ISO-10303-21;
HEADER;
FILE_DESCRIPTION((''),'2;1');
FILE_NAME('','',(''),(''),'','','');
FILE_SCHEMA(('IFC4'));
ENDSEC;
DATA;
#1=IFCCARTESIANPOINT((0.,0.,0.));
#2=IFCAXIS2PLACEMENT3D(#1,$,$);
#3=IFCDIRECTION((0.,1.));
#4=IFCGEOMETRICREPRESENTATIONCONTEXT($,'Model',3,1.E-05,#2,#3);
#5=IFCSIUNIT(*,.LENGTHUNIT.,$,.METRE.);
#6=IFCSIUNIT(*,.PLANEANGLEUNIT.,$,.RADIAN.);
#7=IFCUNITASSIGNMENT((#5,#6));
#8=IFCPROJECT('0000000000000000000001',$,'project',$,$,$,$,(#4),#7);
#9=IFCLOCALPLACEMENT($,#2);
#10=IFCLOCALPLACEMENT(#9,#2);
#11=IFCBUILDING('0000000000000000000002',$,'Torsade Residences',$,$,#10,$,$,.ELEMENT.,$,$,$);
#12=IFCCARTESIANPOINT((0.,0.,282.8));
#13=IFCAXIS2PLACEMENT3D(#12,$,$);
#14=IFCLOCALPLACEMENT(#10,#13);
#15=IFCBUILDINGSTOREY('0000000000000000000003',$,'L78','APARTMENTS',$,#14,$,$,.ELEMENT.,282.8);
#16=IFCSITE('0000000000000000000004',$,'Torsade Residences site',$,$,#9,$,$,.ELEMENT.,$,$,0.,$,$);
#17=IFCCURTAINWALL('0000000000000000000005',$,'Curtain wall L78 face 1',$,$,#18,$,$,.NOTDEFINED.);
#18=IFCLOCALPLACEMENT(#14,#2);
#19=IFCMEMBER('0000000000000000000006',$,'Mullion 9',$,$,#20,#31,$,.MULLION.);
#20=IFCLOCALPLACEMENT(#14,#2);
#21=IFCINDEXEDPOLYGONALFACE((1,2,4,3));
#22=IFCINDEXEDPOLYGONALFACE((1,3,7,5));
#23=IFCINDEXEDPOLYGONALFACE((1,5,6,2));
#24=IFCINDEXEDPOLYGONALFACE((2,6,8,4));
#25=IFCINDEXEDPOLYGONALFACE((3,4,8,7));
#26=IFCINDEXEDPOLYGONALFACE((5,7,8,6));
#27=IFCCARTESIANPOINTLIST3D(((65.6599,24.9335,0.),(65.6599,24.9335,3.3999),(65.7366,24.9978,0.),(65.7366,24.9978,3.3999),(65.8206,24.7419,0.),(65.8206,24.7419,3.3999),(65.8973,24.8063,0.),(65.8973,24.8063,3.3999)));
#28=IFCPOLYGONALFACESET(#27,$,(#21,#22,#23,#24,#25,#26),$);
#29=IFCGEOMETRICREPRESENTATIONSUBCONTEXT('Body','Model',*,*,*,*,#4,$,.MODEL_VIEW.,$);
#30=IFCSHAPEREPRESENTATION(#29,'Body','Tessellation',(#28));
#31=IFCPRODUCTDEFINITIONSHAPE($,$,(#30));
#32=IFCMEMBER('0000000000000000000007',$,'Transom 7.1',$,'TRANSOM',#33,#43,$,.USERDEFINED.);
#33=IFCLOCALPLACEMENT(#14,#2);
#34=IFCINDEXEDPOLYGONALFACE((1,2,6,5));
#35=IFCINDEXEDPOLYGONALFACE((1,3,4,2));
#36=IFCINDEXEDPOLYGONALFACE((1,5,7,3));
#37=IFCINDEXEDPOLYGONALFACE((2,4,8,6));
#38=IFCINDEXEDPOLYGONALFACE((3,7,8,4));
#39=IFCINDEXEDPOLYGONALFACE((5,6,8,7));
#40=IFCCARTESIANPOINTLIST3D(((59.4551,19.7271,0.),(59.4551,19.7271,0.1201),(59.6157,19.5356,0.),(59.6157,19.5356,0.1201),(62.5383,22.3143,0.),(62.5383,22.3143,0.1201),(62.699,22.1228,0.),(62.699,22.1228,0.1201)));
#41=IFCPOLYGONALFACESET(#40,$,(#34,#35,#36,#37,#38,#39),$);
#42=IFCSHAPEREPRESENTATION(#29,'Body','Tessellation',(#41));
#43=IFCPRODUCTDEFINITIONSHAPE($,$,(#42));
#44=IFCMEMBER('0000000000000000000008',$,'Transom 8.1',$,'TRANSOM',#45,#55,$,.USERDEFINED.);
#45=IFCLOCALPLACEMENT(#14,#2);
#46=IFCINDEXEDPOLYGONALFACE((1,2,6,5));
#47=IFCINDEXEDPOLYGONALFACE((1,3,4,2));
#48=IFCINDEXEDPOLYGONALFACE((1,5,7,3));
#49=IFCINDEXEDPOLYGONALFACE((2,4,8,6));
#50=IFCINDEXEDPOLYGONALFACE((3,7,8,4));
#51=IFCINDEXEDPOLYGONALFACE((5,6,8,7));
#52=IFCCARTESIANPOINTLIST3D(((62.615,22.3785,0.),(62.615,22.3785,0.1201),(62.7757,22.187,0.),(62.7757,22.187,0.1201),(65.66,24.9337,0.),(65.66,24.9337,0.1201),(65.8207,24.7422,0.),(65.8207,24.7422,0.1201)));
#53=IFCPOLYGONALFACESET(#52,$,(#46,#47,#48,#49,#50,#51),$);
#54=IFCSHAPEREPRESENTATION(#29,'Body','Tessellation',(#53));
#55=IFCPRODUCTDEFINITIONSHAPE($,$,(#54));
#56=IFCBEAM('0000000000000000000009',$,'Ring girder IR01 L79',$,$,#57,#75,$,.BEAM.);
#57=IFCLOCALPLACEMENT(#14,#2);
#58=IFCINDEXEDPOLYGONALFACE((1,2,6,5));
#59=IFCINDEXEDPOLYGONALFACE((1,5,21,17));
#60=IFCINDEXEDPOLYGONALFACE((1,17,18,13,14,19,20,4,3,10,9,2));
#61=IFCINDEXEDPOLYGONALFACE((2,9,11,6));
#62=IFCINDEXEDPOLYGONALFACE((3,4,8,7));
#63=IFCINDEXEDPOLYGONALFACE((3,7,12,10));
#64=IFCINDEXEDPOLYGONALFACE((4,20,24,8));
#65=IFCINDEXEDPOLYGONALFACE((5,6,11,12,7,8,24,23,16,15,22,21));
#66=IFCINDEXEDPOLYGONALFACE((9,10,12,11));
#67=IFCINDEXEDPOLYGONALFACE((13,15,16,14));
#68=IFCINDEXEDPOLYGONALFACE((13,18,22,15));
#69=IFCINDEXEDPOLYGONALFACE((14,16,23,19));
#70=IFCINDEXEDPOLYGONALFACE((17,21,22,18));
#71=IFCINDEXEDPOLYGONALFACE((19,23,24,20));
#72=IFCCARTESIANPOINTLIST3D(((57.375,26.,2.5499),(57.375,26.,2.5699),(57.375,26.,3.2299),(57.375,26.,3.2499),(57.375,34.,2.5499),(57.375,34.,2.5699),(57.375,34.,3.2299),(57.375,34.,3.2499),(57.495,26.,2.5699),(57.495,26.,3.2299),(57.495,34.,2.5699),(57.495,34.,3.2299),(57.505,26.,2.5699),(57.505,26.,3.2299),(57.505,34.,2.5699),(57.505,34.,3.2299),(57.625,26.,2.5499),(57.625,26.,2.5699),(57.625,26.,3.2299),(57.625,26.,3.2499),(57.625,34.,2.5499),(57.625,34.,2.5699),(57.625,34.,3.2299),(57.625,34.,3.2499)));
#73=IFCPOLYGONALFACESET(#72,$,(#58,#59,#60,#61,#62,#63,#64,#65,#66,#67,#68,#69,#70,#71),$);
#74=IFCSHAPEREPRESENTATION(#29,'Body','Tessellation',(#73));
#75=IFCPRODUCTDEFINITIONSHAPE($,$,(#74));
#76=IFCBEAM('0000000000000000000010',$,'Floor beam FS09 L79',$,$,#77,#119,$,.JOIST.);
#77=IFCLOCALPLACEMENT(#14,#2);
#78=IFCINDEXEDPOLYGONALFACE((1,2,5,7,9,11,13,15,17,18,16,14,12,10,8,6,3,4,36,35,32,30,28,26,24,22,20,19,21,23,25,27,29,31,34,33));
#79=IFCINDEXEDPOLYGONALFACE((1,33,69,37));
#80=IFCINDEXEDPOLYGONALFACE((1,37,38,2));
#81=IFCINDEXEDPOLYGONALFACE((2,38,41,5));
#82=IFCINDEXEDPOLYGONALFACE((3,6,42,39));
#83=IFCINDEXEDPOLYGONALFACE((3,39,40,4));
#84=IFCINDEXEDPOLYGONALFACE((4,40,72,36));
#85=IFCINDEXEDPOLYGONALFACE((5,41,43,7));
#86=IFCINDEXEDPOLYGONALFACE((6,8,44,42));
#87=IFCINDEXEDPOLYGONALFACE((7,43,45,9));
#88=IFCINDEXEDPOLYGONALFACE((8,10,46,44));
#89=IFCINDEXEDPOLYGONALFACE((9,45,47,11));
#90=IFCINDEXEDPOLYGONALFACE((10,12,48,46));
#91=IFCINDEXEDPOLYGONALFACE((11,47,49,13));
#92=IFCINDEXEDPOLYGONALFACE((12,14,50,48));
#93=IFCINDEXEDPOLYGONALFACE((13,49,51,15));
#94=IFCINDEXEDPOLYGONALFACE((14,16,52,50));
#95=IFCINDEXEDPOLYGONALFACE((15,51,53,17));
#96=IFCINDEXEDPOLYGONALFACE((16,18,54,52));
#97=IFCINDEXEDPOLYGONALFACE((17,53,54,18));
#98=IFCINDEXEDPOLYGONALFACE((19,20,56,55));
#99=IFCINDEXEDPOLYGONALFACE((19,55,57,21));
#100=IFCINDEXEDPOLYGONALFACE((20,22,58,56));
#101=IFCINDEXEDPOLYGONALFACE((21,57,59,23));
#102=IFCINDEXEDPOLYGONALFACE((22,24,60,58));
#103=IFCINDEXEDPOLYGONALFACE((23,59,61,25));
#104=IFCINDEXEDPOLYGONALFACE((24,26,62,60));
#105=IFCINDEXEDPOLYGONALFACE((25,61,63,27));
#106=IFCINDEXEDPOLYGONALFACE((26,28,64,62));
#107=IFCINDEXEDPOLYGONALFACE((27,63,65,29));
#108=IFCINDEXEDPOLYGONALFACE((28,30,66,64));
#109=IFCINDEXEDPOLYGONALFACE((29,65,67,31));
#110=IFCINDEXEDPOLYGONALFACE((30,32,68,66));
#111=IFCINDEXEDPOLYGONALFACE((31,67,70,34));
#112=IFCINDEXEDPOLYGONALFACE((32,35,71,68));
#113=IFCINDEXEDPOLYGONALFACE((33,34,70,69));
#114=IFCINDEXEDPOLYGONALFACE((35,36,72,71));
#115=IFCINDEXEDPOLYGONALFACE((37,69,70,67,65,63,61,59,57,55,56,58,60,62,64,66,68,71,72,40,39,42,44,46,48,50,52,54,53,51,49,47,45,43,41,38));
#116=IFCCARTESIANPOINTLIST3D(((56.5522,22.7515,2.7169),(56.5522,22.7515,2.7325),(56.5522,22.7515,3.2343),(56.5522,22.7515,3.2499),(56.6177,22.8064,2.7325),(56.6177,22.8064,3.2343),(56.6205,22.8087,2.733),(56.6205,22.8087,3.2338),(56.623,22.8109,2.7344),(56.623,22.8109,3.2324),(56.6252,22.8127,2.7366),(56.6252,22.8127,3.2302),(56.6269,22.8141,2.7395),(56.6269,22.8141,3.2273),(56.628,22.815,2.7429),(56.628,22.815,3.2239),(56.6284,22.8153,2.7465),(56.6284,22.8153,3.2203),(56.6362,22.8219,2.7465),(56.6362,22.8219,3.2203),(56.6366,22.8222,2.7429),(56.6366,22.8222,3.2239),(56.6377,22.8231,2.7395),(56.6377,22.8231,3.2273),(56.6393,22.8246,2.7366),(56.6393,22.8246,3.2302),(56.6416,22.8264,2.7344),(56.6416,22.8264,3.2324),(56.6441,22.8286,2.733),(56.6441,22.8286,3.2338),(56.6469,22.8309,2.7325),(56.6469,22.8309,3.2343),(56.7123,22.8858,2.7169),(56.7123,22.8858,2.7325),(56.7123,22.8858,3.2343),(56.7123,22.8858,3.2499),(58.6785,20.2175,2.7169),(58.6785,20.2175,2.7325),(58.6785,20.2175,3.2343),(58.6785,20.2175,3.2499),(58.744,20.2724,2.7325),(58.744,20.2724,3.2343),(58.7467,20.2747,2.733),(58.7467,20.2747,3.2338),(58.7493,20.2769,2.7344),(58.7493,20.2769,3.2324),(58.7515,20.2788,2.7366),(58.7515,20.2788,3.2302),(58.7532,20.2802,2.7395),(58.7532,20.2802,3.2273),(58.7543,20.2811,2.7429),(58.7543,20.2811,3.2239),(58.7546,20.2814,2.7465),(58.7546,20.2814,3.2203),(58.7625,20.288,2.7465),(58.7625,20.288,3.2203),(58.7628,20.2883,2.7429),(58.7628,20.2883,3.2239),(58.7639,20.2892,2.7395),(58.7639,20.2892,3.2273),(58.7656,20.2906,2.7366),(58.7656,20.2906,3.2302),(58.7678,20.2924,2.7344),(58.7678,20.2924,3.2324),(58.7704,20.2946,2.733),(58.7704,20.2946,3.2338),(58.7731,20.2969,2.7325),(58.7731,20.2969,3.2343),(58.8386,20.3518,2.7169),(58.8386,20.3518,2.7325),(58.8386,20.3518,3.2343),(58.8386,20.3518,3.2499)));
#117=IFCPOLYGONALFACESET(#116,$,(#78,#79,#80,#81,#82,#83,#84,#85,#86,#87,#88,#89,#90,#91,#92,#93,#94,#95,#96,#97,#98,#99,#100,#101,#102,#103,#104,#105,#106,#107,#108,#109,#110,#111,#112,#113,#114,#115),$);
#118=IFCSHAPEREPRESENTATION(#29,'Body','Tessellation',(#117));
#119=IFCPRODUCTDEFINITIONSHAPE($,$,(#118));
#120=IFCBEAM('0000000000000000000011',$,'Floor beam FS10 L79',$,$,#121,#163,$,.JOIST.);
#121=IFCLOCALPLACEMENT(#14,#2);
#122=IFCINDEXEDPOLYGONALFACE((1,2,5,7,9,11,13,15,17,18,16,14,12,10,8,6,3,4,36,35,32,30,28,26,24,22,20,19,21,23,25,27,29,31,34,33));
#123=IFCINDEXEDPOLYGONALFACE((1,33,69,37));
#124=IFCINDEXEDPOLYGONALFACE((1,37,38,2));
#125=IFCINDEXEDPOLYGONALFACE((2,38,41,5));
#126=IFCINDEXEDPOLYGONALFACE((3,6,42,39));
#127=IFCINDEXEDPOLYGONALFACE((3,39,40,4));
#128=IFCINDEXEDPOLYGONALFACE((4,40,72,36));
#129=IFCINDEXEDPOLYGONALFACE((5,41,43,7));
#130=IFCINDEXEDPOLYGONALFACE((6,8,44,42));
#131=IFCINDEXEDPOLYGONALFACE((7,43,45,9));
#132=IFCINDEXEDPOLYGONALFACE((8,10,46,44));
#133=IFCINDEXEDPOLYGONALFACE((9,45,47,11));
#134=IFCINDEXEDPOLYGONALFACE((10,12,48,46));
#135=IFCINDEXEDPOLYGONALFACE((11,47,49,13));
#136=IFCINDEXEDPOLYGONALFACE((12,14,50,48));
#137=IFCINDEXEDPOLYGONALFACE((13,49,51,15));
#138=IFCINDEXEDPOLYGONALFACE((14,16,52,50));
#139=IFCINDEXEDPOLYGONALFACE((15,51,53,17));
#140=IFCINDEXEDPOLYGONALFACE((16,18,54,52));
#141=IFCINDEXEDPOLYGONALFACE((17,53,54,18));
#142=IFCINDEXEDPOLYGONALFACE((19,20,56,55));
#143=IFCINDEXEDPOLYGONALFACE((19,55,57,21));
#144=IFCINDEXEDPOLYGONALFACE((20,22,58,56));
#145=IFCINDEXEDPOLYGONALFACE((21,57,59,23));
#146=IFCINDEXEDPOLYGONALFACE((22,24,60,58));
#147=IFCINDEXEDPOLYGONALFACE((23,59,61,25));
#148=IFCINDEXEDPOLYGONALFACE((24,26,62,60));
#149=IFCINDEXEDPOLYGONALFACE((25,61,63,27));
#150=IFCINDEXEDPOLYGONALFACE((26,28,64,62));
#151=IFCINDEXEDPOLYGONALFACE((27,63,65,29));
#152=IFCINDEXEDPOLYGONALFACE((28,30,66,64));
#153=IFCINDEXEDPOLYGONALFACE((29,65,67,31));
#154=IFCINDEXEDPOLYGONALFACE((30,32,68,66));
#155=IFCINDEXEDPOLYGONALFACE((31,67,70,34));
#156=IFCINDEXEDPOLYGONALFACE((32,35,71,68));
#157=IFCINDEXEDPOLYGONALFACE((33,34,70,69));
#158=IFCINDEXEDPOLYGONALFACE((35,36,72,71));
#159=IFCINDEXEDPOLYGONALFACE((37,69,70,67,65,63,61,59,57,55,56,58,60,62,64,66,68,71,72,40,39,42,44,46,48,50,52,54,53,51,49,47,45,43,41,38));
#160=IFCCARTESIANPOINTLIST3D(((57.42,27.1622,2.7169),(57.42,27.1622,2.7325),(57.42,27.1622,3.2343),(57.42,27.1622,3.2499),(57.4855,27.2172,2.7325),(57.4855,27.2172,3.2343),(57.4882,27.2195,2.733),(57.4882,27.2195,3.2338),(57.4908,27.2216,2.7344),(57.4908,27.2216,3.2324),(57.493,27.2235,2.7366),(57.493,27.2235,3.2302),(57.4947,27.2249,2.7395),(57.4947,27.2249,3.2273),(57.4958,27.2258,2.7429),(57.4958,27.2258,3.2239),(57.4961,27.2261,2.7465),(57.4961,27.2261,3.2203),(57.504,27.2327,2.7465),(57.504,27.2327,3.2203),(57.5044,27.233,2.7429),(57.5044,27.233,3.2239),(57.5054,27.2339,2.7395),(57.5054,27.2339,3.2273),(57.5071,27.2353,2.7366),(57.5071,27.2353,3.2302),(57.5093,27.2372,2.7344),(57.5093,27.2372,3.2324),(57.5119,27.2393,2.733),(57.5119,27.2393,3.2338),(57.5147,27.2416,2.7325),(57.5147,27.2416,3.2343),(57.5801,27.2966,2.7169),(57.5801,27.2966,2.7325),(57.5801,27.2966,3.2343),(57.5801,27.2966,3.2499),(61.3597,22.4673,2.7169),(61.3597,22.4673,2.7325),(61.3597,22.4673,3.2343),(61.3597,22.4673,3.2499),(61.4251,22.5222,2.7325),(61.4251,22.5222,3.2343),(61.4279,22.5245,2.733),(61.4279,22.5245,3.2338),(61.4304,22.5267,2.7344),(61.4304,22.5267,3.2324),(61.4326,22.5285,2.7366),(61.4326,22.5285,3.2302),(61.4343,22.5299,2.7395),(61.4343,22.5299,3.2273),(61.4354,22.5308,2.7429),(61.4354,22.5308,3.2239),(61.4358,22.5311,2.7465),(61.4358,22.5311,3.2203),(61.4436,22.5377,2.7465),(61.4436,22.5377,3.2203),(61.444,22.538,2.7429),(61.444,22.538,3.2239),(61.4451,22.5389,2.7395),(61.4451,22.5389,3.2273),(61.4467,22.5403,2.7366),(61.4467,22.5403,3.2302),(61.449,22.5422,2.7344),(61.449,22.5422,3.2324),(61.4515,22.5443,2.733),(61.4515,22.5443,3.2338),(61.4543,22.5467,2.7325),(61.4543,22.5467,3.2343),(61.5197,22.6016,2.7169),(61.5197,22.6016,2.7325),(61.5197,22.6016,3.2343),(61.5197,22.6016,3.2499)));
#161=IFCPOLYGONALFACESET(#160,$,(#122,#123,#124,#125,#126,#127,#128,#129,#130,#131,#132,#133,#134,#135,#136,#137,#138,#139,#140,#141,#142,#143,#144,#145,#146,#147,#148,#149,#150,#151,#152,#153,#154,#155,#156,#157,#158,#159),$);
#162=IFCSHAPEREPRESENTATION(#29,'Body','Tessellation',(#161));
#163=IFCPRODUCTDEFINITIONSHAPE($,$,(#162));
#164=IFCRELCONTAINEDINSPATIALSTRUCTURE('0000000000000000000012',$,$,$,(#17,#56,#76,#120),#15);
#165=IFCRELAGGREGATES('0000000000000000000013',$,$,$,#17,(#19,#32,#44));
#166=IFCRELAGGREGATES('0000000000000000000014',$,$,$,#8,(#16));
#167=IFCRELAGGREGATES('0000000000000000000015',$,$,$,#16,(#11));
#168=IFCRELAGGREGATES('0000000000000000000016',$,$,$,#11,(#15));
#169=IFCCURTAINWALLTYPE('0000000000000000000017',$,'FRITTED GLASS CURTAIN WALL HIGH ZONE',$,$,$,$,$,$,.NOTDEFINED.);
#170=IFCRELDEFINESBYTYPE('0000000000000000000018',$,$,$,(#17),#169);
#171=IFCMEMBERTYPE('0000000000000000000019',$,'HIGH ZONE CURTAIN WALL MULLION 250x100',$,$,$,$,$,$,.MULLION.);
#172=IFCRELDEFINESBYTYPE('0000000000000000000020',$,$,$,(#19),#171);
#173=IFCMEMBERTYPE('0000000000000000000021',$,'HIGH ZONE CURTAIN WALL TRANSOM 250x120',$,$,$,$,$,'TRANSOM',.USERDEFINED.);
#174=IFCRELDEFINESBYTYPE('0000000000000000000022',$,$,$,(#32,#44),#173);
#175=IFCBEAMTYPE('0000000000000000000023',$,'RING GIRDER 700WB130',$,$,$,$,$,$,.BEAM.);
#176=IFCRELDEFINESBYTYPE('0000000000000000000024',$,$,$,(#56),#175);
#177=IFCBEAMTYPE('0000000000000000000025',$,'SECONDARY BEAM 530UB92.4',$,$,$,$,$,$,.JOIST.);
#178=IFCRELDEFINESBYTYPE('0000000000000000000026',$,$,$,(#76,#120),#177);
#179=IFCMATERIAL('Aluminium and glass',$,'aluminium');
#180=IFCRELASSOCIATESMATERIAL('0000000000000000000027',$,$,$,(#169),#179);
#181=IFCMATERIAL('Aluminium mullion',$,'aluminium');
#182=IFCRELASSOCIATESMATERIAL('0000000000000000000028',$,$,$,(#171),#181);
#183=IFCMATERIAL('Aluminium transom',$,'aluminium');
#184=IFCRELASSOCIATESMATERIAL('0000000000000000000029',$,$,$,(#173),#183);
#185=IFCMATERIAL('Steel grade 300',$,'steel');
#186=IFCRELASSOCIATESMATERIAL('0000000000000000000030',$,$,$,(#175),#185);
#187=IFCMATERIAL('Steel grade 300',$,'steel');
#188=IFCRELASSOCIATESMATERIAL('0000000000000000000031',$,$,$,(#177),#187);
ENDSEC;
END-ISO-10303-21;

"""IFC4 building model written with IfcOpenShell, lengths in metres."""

from ifc_helpers import new_model, si_unit, direction, frame, origin, origin_2d, place, context, subcontext, project, spatial, rectangle, i_section, extrude, material, material_profile, profile_set, type_object, element, aggregate, save


model = new_model("IFC4")

# Units and contexts
model_context = context("Model", 3, precision=1e-05, world=origin(), true_north=direction((0.0, 1.0)))
body_context = subcontext(model_context, "Body", "Model", "MODEL_VIEW")
ifc_project = project(units=[si_unit("LENGTHUNIT", "METRE"), si_unit("PLANEANGLEUNIT", "RADIAN")], contexts=[model_context])

# Site, building, storey
site_placement = place(None, origin())
site = spatial("IfcSite", under=ifc_project, at=site_placement, Name="Torsade Residences site", CompositionType="ELEMENT", RefElevation=0.0)
building_placement = place(site_placement, origin())
building = spatial("IfcBuilding", under=site, at=building_placement, Name="Torsade Residences", CompositionType="ELEMENT")
storey_placement = place(building_placement, frame((0.0, 0.0, 282.8)))
storey = spatial("IfcBuildingStorey", under=building, at=storey_placement, Name="L78", Description="APARTMENTS", CompositionType="ELEMENT", Elevation=282.8)

# Curtain wall, members
ifc_material_1 = material(Name="Aluminium and glass", Category="aluminium")
curtain_wall_type = type_object("IfcCurtainWallType", Name="FRITTED GLASS CURTAIN WALL HIGH ZONE", PredefinedType="NOTDEFINED", material=ifc_material_1)
curtain_wall_placement = place(storey_placement, origin())
curtain_wall = element("IfcCurtainWall", 1, at=curtain_wall_placement, inside=storey, type_object=curtain_wall_type, Name="Curtain wall L78 face 1", PredefinedType="NOTDEFINED")
ifc_material_2 = material(Name="Aluminium mullion", Category="aluminium")
ifc_material_profile_1 = material_profile(ifc_material_2, rectangle(XDim=0.25, YDim=0.1001, at=origin_2d()), Name="HIGH ZONE CURTAIN WALL MULLION 250x100")
ifc_profile_set_1 = profile_set([ifc_material_profile_1], Name="Aluminium mullion")
member_type_1 = type_object("IfcMemberType", Name="HIGH ZONE CURTAIN WALL MULLION 250x100", PredefinedType="MULLION", material=ifc_profile_set_1)
member_1_placement = place(storey_placement, frame((65.7786, 24.8699, 0.0), z_axis=(0.0, 0.0, 1.0), x_axis=(-0.642788, 0.766044, 0.0)))
member_1 = element("IfcMember", 2, at=member_1_placement, type_object=member_type_1, Name="Mullion 9", PredefinedType="MULLION", context=body_context, shape_type="SweptSolid", body=[
    extrude(rectangle(XDim=0.25, YDim=0.1001, at=origin_2d()), origin(), (0.0, 0.0, 1.0), 3.3999),
])
ifc_material_3 = material(Name="Aluminium transom", Category="aluminium")
ifc_material_profile_2 = material_profile(ifc_material_3, rectangle(XDim=0.25, YDim=0.1201, at=origin_2d()), Name="HIGH ZONE CURTAIN WALL TRANSOM 250x120")
ifc_profile_set_2 = profile_set([ifc_material_profile_2], Name="Aluminium transom")
member_type_2 = type_object("IfcMemberType", Name="HIGH ZONE CURTAIN WALL TRANSOM 250x120", ElementType="TRANSOM", PredefinedType="USERDEFINED", material=ifc_profile_set_2)
member_2_placement = place(storey_placement, frame((59.5354, 19.6313, 0.0601), z_axis=(0.766044, 0.642788, 0.0), x_axis=(-0.642788, 0.766044, 0.0)))
member_2 = element("IfcMember", 3, at=member_2_placement, type_object=member_type_2, Name="Transom 7.1", ObjectType="TRANSOM", PredefinedType="USERDEFINED", context=body_context, shape_type="SweptSolid", body=[
    extrude(rectangle(XDim=0.25, YDim=0.1201, at=origin_2d()), origin(), (0.0, 0.0, 1.0), 4.0249),
])
member_3_placement = place(storey_placement, frame((62.6953, 22.2827, 0.0601), z_axis=(0.766022, 0.642815, 0.0), x_axis=(-0.642815, 0.766022, 0.0)))
member_3 = element("IfcMember", 4, at=member_3_placement, type_object=member_type_2, Name="Transom 8.1", ObjectType="TRANSOM", PredefinedType="USERDEFINED", context=body_context, shape_type="SweptSolid", body=[
    extrude(rectangle(XDim=0.25, YDim=0.1201, at=origin_2d()), origin(), (0.0, 0.0, 1.0), 3.9751),
])

# Beams
ifc_material_4 = material(Name="Steel grade 300", Category="steel")
ifc_material_profile_3 = material_profile(ifc_material_4, i_section(OverallWidth=0.25, OverallDepth=0.7, WebThickness=0.01, FlangeThickness=0.02, at=origin_2d()), Name="700WB130")
ifc_profile_set_3 = profile_set([ifc_material_profile_3], Name="Steel grade 300")
beam_type_1 = type_object("IfcBeamType", Name="RING GIRDER 700WB130", PredefinedType="BEAM", material=ifc_profile_set_3)
beam_1_placement = place(storey_placement, frame((57.5, 26.0, 2.8999), z_axis=(0.0, 1.0, 0.0), x_axis=(-1.0, 0.0, 0.0)))
element("IfcBeam", 5, at=beam_1_placement, inside=storey, type_object=beam_type_1, Name="Ring girder IR01 L79", PredefinedType="BEAM", context=body_context, shape_type="SweptSolid", body=[
    extrude(i_section(OverallWidth=0.25, OverallDepth=0.7, WebThickness=0.01, FlangeThickness=0.02, at=origin_2d()), origin(), (0.0, 0.0, 1.0), 8.0),
])
ifc_material_5 = material(Name="Steel grade 300", Category="steel")
ifc_material_profile_4 = material_profile(ifc_material_5, i_section(OverallWidth=0.209, OverallDepth=0.533, WebThickness=0.0103, FlangeThickness=0.0156, FilletRadius=0.0139, at=origin_2d()), Name="530UB92.4")
ifc_profile_set_4 = profile_set([ifc_material_profile_4], Name="Steel grade 300")
beam_type_2 = type_object("IfcBeamType", Name="SECONDARY BEAM 530UB92.4", PredefinedType="JOIST", material=ifc_profile_set_4)
beam_2_placement = place(storey_placement, frame((58.7585, 20.2847, 2.9834), z_axis=(-0.642787, 0.766045, 0.0), x_axis=(-0.766045, -0.642787, 0.0)))
element("IfcBeam", 6, at=beam_2_placement, inside=storey, type_object=beam_type_2, Name="Floor beam FS09 L79", PredefinedType="JOIST", context=body_context, shape_type="SweptSolid", body=[
    extrude(i_section(OverallWidth=0.209, OverallDepth=0.533, WebThickness=0.0103, FlangeThickness=0.0156, FilletRadius=0.0139, at=origin_2d()), origin(), (0.0, 0.0, 1.0), 3.3079),
])
beam_3_placement = place(storey_placement, frame((61.4397, 22.5344, 2.9834), z_axis=(-0.642794, 0.766039, 0.0), x_axis=(-0.766039, -0.642794, 0.0)))
element("IfcBeam", 7, at=beam_3_placement, inside=storey, type_object=beam_type_2, Name="Floor beam FS10 L79", PredefinedType="JOIST", context=body_context, shape_type="SweptSolid", body=[
    extrude(i_section(OverallWidth=0.209, OverallDepth=0.533, WebThickness=0.0103, FlangeThickness=0.0156, FilletRadius=0.0139, at=origin_2d()), origin(), (0.0, 0.0, 1.0), 6.1289),
])

aggregate(curtain_wall, [member_1, member_2, member_3])

save(model, "model.ifc")
